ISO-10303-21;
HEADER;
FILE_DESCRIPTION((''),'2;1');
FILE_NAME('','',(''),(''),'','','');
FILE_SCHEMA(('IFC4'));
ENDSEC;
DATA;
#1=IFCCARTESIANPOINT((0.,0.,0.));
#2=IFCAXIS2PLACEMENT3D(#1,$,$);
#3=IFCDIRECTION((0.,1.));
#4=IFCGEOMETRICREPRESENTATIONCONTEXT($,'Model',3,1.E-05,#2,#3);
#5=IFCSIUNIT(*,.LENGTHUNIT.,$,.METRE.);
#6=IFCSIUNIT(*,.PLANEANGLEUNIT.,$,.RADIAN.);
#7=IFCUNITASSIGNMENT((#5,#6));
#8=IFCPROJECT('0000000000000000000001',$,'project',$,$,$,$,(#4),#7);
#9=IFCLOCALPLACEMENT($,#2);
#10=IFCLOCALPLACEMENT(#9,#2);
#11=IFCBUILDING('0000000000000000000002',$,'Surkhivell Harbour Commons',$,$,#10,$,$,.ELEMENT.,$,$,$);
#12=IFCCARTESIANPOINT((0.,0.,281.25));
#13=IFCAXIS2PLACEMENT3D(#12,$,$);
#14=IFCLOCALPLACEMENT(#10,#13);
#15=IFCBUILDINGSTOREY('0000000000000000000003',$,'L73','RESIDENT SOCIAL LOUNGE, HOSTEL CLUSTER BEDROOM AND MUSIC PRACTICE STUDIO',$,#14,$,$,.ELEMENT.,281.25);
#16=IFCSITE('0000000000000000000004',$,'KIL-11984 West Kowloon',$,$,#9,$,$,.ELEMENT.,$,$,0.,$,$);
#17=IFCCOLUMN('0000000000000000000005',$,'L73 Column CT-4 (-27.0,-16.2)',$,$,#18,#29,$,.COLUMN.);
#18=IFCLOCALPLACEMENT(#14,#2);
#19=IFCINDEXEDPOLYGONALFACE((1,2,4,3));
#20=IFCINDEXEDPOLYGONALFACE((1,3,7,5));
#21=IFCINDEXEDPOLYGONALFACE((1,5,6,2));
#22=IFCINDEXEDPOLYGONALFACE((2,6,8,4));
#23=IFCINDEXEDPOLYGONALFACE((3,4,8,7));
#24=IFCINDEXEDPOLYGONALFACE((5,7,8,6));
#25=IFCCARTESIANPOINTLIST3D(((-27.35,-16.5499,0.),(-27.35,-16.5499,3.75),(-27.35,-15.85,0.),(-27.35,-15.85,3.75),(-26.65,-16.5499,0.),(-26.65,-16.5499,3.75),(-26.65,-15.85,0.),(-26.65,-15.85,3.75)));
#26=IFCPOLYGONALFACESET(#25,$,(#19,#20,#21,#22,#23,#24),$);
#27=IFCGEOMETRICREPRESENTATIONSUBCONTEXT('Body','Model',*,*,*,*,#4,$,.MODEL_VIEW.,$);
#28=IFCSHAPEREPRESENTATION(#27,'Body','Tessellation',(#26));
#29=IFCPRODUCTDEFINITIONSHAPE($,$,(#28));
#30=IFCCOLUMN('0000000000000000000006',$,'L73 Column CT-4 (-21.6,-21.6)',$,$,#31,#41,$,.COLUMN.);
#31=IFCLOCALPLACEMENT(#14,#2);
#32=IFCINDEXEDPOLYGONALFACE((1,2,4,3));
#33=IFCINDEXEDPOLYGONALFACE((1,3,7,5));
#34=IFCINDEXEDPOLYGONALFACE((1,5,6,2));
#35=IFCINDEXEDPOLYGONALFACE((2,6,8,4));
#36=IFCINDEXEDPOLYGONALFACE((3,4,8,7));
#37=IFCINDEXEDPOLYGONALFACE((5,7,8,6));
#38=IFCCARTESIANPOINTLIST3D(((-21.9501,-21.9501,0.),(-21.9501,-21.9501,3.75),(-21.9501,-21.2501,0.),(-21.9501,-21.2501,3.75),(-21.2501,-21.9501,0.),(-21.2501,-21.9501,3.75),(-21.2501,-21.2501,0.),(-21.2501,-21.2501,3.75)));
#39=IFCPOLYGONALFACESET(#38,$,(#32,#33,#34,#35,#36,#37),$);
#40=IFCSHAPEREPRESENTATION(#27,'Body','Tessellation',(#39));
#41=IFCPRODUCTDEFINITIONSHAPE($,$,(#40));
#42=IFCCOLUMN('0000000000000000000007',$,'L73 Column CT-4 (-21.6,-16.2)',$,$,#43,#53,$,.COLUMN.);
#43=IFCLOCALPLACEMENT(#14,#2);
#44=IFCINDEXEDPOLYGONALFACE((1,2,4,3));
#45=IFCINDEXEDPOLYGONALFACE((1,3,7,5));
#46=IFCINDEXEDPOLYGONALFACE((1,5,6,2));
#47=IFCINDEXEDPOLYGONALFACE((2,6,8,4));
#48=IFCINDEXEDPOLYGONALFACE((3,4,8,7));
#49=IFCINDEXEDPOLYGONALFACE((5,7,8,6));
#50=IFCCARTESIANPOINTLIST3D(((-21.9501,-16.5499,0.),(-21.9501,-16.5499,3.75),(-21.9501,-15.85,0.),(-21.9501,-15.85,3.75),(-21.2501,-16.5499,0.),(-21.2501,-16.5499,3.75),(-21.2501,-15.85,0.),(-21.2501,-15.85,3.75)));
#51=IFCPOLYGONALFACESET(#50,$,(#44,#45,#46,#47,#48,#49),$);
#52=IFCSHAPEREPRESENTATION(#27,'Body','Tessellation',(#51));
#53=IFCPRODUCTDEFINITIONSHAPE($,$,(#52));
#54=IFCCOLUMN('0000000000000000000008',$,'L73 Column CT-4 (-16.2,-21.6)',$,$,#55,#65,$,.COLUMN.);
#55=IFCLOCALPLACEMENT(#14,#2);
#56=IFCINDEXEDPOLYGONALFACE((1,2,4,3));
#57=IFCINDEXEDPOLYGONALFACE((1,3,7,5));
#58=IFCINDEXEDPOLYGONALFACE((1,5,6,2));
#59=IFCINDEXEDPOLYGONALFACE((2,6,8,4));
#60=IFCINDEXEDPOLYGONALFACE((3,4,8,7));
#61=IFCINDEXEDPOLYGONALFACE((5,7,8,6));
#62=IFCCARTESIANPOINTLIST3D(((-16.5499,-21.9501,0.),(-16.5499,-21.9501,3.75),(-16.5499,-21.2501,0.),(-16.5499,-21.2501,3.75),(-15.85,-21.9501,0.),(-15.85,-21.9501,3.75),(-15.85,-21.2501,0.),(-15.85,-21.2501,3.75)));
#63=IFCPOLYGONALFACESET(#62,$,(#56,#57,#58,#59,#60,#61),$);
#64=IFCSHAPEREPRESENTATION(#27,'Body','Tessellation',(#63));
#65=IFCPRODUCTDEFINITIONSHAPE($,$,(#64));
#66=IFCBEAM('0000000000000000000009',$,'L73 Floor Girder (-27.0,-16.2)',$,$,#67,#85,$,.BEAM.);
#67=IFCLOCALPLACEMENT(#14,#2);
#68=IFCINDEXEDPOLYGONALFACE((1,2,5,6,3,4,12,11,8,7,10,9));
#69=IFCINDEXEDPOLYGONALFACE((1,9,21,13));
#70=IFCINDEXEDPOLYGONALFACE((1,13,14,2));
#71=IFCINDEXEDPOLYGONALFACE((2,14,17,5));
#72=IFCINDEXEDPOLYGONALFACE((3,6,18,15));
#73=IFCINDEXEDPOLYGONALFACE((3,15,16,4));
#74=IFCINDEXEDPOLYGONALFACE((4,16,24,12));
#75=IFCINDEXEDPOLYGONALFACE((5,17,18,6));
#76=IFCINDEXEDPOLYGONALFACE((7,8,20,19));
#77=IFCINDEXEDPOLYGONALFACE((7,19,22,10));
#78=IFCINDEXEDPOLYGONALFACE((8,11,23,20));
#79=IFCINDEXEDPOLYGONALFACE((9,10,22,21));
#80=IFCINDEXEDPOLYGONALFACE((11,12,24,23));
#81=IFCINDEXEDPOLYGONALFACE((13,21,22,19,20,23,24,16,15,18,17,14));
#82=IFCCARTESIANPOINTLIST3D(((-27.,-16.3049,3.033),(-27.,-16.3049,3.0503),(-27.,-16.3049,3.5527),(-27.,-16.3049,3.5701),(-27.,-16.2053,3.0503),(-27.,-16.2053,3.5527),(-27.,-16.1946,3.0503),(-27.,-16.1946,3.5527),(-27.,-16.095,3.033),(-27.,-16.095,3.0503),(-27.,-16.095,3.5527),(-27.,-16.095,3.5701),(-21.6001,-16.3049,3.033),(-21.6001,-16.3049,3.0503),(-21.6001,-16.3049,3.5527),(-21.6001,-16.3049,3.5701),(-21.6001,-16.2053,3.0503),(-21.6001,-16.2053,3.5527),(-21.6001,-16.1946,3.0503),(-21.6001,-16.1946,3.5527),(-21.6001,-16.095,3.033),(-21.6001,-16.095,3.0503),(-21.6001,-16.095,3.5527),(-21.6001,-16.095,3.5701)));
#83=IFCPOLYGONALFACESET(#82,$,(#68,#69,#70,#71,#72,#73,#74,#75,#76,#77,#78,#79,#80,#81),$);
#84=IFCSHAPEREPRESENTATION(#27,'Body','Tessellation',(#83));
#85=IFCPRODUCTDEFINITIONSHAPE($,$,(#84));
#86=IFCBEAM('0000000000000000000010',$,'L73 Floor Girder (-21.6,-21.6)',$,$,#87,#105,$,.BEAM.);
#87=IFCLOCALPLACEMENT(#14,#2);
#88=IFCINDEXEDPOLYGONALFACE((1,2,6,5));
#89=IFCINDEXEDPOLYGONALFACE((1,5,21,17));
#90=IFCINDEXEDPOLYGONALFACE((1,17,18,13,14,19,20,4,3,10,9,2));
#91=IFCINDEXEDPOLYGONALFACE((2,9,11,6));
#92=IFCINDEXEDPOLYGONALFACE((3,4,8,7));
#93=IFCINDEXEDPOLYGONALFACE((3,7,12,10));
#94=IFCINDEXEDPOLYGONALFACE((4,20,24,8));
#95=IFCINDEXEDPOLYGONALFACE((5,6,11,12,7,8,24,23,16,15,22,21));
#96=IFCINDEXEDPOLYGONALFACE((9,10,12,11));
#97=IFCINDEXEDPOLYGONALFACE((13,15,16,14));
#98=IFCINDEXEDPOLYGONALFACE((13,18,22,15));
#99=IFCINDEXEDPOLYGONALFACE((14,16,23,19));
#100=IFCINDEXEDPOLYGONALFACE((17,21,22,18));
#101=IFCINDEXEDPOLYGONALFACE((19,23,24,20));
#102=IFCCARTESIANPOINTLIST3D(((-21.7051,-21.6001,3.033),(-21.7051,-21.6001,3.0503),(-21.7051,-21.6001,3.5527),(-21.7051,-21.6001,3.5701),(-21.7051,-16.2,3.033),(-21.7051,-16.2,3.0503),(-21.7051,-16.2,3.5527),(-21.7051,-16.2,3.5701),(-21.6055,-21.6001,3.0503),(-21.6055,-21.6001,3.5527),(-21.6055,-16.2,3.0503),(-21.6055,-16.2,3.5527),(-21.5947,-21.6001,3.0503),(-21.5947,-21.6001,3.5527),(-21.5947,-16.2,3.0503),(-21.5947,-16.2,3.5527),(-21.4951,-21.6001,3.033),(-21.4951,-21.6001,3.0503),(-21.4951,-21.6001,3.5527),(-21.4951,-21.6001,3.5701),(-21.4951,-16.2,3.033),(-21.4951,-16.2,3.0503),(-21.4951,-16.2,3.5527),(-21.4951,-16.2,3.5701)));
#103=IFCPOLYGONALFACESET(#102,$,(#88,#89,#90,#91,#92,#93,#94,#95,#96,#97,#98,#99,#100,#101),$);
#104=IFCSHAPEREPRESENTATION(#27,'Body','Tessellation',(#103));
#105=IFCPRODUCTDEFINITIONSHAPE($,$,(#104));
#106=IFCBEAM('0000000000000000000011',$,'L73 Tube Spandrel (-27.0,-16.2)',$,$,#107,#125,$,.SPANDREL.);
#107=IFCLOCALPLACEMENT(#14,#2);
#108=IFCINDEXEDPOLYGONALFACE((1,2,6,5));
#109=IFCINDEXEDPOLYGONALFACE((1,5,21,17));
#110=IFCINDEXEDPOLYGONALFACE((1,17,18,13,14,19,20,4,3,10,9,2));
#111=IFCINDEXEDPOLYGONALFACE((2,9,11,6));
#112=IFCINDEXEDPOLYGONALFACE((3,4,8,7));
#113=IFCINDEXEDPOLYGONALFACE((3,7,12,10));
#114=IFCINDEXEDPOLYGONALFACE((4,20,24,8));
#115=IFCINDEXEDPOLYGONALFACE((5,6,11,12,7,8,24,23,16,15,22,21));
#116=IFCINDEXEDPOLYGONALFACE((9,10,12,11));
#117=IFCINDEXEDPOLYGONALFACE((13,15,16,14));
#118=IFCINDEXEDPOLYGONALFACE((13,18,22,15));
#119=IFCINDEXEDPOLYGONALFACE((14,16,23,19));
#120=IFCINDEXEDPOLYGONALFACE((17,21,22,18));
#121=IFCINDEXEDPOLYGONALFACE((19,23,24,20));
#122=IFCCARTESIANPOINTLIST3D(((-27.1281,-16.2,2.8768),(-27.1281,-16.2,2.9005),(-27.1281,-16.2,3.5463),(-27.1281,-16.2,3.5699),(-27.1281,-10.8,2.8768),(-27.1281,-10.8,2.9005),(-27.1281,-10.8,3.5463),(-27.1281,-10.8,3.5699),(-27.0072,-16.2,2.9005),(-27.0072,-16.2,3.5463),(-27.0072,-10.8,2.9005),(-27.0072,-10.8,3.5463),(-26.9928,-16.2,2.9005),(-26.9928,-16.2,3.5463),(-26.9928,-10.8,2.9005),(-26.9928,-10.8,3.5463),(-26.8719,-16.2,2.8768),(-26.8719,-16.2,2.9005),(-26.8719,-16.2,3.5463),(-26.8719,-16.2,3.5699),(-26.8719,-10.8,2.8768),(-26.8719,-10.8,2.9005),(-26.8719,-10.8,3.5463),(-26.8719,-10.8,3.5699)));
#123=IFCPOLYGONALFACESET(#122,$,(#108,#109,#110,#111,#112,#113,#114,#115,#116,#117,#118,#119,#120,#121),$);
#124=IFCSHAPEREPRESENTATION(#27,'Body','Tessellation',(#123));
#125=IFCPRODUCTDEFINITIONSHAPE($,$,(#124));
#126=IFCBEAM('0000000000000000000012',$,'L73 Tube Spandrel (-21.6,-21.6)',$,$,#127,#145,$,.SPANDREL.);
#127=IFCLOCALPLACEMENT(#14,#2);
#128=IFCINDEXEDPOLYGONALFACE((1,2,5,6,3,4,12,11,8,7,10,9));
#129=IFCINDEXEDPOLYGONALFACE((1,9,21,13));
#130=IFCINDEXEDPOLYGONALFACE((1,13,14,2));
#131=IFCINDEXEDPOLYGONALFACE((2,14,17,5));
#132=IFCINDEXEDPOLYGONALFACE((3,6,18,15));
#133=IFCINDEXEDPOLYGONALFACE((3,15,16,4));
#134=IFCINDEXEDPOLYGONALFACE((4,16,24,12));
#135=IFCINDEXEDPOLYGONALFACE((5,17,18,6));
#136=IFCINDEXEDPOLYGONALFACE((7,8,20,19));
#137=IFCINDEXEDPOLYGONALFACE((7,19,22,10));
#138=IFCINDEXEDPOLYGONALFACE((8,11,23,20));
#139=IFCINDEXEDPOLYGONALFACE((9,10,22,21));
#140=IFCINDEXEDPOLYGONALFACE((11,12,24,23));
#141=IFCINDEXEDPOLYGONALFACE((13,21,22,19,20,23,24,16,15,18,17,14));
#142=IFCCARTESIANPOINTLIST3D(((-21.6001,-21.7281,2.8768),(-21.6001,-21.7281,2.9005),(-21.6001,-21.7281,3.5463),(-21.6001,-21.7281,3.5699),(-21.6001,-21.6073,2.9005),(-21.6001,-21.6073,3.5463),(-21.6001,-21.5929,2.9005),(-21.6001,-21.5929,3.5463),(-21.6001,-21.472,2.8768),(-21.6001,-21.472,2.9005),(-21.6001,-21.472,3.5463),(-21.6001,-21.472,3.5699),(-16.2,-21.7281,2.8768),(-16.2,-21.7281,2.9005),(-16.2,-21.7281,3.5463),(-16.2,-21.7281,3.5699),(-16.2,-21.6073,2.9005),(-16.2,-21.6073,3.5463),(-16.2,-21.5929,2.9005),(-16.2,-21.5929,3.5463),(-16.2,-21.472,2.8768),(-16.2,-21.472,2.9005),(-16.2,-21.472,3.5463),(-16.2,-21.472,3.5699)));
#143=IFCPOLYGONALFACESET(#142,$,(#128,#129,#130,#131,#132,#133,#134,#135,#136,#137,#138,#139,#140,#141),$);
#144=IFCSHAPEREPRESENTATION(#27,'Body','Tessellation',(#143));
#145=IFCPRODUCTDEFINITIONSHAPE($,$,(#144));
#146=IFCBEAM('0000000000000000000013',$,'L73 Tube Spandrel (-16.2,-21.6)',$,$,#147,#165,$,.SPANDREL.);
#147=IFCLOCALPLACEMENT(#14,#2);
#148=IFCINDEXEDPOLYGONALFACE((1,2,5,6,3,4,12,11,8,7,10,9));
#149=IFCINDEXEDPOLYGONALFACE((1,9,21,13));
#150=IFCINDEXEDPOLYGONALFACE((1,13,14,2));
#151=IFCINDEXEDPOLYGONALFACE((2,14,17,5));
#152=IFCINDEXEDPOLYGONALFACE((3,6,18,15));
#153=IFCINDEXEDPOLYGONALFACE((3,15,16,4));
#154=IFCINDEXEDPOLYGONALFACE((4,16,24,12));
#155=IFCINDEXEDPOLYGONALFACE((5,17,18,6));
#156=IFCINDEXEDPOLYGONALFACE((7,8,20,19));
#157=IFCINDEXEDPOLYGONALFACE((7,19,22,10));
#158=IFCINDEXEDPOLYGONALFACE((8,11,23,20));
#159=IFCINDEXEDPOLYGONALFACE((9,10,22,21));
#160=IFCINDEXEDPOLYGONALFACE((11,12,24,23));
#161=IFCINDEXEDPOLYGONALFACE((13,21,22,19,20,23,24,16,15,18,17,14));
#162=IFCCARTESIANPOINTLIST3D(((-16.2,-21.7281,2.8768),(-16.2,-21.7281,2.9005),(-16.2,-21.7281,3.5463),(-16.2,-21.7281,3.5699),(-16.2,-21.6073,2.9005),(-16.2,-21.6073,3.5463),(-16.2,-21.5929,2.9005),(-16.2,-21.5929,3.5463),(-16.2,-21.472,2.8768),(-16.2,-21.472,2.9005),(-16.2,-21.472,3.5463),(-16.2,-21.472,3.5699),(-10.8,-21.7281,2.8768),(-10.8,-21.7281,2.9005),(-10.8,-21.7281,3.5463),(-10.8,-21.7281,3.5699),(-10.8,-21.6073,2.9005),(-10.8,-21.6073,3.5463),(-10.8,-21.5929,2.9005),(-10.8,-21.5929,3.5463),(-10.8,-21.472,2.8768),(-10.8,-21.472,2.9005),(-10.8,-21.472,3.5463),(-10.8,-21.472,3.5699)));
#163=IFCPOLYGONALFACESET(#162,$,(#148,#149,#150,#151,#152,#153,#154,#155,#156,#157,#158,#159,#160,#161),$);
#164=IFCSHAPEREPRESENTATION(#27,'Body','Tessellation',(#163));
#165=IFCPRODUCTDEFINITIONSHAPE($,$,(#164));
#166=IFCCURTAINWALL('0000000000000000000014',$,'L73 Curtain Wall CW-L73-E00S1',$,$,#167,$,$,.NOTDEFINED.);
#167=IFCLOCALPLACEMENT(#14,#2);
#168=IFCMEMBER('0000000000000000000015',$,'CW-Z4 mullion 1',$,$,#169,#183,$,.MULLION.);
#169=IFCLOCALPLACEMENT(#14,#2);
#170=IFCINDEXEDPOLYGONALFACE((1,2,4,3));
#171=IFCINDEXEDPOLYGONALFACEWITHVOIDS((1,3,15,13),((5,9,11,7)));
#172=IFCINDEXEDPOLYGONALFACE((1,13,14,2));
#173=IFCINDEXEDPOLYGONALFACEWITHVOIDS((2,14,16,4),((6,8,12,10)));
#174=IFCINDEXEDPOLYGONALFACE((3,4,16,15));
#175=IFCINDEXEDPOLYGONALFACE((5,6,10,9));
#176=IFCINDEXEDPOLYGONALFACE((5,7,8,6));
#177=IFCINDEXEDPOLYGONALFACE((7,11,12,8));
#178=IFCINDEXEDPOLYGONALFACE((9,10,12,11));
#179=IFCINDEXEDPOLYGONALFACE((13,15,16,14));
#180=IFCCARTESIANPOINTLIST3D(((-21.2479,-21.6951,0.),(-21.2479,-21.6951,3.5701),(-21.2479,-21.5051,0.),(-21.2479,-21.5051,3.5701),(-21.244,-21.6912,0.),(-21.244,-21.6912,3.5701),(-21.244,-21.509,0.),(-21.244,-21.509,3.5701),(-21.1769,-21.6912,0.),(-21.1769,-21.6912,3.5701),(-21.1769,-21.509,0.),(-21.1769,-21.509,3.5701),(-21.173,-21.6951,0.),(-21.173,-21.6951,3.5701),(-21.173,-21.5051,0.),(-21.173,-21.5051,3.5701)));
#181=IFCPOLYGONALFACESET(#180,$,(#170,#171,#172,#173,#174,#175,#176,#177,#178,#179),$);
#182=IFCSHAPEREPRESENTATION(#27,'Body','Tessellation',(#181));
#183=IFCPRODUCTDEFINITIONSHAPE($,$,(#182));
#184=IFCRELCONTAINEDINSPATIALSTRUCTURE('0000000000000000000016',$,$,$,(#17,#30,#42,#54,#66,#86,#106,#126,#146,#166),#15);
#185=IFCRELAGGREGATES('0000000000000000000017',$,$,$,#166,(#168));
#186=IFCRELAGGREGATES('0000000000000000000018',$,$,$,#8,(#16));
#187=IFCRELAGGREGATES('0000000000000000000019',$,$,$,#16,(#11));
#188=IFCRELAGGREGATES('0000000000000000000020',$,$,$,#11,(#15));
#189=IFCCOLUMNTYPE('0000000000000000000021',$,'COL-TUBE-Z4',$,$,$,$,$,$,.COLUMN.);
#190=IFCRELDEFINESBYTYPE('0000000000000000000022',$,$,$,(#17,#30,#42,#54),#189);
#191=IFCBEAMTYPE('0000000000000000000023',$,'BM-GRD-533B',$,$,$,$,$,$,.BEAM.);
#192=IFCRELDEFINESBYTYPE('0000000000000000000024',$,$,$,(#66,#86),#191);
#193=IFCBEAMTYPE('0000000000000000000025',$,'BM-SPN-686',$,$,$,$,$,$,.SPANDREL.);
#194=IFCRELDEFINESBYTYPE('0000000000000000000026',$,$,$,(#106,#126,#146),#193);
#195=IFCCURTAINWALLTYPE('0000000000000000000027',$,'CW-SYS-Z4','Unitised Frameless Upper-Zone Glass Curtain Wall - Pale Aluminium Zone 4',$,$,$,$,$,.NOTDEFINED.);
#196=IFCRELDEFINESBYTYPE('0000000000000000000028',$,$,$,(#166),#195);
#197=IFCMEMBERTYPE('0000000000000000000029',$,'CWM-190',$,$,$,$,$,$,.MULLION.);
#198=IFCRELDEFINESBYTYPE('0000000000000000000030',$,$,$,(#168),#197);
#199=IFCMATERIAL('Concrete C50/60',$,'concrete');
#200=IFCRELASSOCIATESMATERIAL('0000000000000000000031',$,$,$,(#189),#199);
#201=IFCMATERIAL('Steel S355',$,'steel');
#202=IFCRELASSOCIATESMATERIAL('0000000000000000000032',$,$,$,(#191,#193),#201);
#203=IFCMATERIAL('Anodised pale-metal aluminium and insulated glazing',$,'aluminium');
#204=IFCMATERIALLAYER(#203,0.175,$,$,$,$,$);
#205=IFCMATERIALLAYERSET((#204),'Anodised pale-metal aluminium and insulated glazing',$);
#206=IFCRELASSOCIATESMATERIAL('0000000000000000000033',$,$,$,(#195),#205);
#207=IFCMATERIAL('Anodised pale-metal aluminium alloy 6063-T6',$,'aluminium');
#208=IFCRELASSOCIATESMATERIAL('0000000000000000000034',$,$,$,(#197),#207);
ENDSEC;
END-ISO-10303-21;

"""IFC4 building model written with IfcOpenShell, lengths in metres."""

from ifc_helpers import new_model, si_unit, direction, frame, origin, origin_2d, place, context, subcontext, project, spatial, rectangle, hollow_rectangle, i_section, extrude, material, layer, layer_set, material_profile, profile_set, type_object, element, aggregate, save


model = new_model("IFC4")

# Units and contexts
model_context = context("Model", 3, precision=1e-05, world=origin(), true_north=direction((0.0, 1.0)))
body_context = subcontext(model_context, "Body", "Model", "MODEL_VIEW")
ifc_project = project(units=[si_unit("LENGTHUNIT", "METRE"), si_unit("PLANEANGLEUNIT", "RADIAN")], contexts=[model_context])

# Site, building, storey
site_placement = place(None, origin())
site = spatial("IfcSite", under=ifc_project, at=site_placement, Name="KIL-11984 West Kowloon", CompositionType="ELEMENT", RefElevation=0.0)
building_placement = place(site_placement, origin())
building = spatial("IfcBuilding", under=site, at=building_placement, Name="Surkhivell Harbour Commons", CompositionType="ELEMENT")
storey_placement = place(building_placement, frame((0.0, 0.0, 281.25)))
storey = spatial("IfcBuildingStorey", under=building, at=storey_placement, Name="L73", Description="RESIDENT SOCIAL LOUNGE, HOSTEL CLUSTER BEDROOM AND MUSIC PRACTICE STUDIO", CompositionType="ELEMENT", Elevation=281.25)

# Columns
ifc_material_1 = material(Name="Concrete C50/60", Category="concrete")
ifc_material_profile_1 = material_profile(ifc_material_1, rectangle(XDim=0.7, YDim=0.7, at=origin_2d()), Name="RC-COL-700x700")
ifc_profile_set_1 = profile_set([ifc_material_profile_1], Name="Concrete C50/60")
column_type = type_object("IfcColumnType", Name="COL-TUBE-Z4", PredefinedType="COLUMN", material=ifc_profile_set_1)
for number, where, z_axis, x_axis, name in (
    (1, (-27.0, -16.2, 0.0), (0.0, 0.0, 1.0), (1.0, 0.0, 0.0), "L73 Column CT-4 (-27.0,-16.2)"),
    (2, (-21.6001, -21.6001, 0.0), (0.0, 0.0, 1.0), (1.0, 0.0, 0.0), "L73 Column CT-4 (-21.6,-21.6)"),
    (3, (-21.6001, -16.2, 0.0), (0.0, 0.0, 1.0), (1.0, 0.0, 0.0), "L73 Column CT-4 (-21.6,-16.2)"),
    (4, (-16.2, -21.6001, 0.0), (0.0, 0.0, 1.0), (1.0, 0.0, 0.0), "L73 Column CT-4 (-16.2,-21.6)"),
):
    element("IfcColumn", number, at=place(storey_placement, frame(where, z_axis=z_axis, x_axis=x_axis)), inside=storey, type_object=column_type, Name=name, PredefinedType="COLUMN", context=body_context, shape_type="SweptSolid", body=[
        extrude(rectangle(XDim=0.7, YDim=0.7, at=origin_2d()), origin(), (0.0, 0.0, 1.0), 3.75),
    ])

# Beams
ifc_material_2 = material(Name="Steel S355", Category="steel")
ifc_material_profile_2 = material_profile(ifc_material_2, i_section(OverallWidth=0.21, OverallDepth=0.5371, WebThickness=0.0107, FlangeThickness=0.0173, at=origin_2d()), Name="UB533x210x101")
ifc_profile_set_2 = profile_set([ifc_material_profile_2], Name="Steel S355")
beam_type_1 = type_object("IfcBeamType", Name="BM-GRD-533B", PredefinedType="BEAM", material=ifc_profile_set_2)
beam_1_placement = place(storey_placement, frame((-27.0, -16.2, 3.3015), z_axis=(1.0, 0.0, 0.0), x_axis=(0.0, 1.0, 0.0)))
element("IfcBeam", 5, at=beam_1_placement, inside=storey, type_object=beam_type_1, Name="L73 Floor Girder (-27.0,-16.2)", PredefinedType="BEAM", context=body_context, shape_type="SweptSolid", body=[
    extrude(i_section(OverallWidth=0.21, OverallDepth=0.5371, WebThickness=0.0107, FlangeThickness=0.0173, at=origin_2d()), origin(), (0.0, 0.0, 1.0), 5.3999),
])
beam_2_placement = place(storey_placement, frame((-21.6001, -21.6001, 3.3015), z_axis=(0.0, 1.0, 0.0), x_axis=(-1.0, 0.0, 0.0)))
element("IfcBeam", 6, at=beam_2_placement, inside=storey, type_object=beam_type_1, Name="L73 Floor Girder (-21.6,-21.6)", PredefinedType="BEAM", context=body_context, shape_type="SweptSolid", body=[
    extrude(i_section(OverallWidth=0.21, OverallDepth=0.5371, WebThickness=0.0107, FlangeThickness=0.0173, at=origin_2d()), origin(), (0.0, 0.0, 1.0), 5.4001),
])
ifc_material_profile_3 = material_profile(ifc_material_2, i_section(OverallWidth=0.2561, OverallDepth=0.6931, WebThickness=0.0144, FlangeThickness=0.0237, at=origin_2d()), Name="UB686x254x170")
ifc_profile_set_3 = profile_set([ifc_material_profile_3], Name="Steel S355")
beam_type_2 = type_object("IfcBeamType", Name="BM-SPN-686", PredefinedType="SPANDREL", material=ifc_profile_set_3)
beam_3_placement = place(storey_placement, frame((-27.0, -16.2, 3.2234), z_axis=(0.0, 1.0, 0.0), x_axis=(-1.0, 0.0, 0.0)))
element("IfcBeam", 7, at=beam_3_placement, inside=storey, type_object=beam_type_2, Name="L73 Tube Spandrel (-27.0,-16.2)", PredefinedType="SPANDREL", context=body_context, shape_type="SweptSolid", body=[
    extrude(i_section(OverallWidth=0.2561, OverallDepth=0.6931, WebThickness=0.0144, FlangeThickness=0.0237, at=origin_2d()), origin(), (0.0, 0.0, 1.0), 5.3999),
])
beam_4_placement = place(storey_placement, frame((-21.6001, -21.6001, 3.2234), z_axis=(1.0, 0.0, 0.0), x_axis=(0.0, 1.0, 0.0)))
element("IfcBeam", 8, at=beam_4_placement, inside=storey, type_object=beam_type_2, Name="L73 Tube Spandrel (-21.6,-21.6)", PredefinedType="SPANDREL", context=body_context, shape_type="SweptSolid", body=[
    extrude(i_section(OverallWidth=0.2561, OverallDepth=0.6931, WebThickness=0.0144, FlangeThickness=0.0237, at=origin_2d()), origin(), (0.0, 0.0, 1.0), 5.4001),
])
beam_5_placement = place(storey_placement, frame((-16.2, -21.6001, 3.2234), z_axis=(1.0, 0.0, 0.0), x_axis=(0.0, 1.0, 0.0)))
element("IfcBeam", 9, at=beam_5_placement, inside=storey, type_object=beam_type_2, Name="L73 Tube Spandrel (-16.2,-21.6)", PredefinedType="SPANDREL", context=body_context, shape_type="SweptSolid", body=[
    extrude(i_section(OverallWidth=0.2561, OverallDepth=0.6931, WebThickness=0.0144, FlangeThickness=0.0237, at=origin_2d()), origin(), (0.0, 0.0, 1.0), 5.3999),
])

# Curtain wall, member
ifc_material_3 = material(Name="Anodised pale-metal aluminium and insulated glazing", Category="aluminium")
ifc_layer_1 = layer(ifc_material_3, 0.175)
ifc_layer_set_1 = layer_set([ifc_layer_1], Name="Anodised pale-metal aluminium and insulated glazing")
curtain_wall_type = type_object("IfcCurtainWallType", Name="CW-SYS-Z4", Description="Unitised Frameless Upper-Zone Glass Curtain Wall - Pale Aluminium Zone 4", PredefinedType="NOTDEFINED", material=ifc_layer_set_1)
curtain_wall_placement = place(storey_placement, origin())
curtain_wall = element("IfcCurtainWall", 10, at=curtain_wall_placement, inside=storey, type_object=curtain_wall_type, Name="L73 Curtain Wall CW-L73-E00S1", PredefinedType="NOTDEFINED")
ifc_material_4 = material(Name="Anodised pale-metal aluminium alloy 6063-T6", Category="aluminium")
ifc_material_profile_4 = material_profile(ifc_material_4, hollow_rectangle(XDim=0.075, YDim=0.1899, WallThickness=0.0039, at=origin_2d()), Name="ALU-MULL-75x190")
ifc_profile_set_4 = profile_set([ifc_material_profile_4], Name="Anodised pale-metal aluminium alloy 6063-T6")
member_type_1 = type_object("IfcMemberType", Name="CWM-190", PredefinedType="MULLION", material=ifc_profile_set_4)
member_1_placement = place(storey_placement, frame((-21.2104, -21.6001, 0.0), z_axis=(0.0, 0.0, 1.0), x_axis=(1.0, 0.0, 0.0)))
member_1 = element("IfcMember", 11, at=member_1_placement, type_object=member_type_1, Name="CW-Z4 mullion 1", PredefinedType="MULLION", context=body_context, shape_type="SweptSolid", body=[
    extrude(hollow_rectangle(XDim=0.075, YDim=0.1899, WallThickness=0.0039, at=origin_2d()), origin(), (0.0, 0.0, 1.0), 3.5701),
])

aggregate(curtain_wall, [member_1])

save(model, "model.ifc")
